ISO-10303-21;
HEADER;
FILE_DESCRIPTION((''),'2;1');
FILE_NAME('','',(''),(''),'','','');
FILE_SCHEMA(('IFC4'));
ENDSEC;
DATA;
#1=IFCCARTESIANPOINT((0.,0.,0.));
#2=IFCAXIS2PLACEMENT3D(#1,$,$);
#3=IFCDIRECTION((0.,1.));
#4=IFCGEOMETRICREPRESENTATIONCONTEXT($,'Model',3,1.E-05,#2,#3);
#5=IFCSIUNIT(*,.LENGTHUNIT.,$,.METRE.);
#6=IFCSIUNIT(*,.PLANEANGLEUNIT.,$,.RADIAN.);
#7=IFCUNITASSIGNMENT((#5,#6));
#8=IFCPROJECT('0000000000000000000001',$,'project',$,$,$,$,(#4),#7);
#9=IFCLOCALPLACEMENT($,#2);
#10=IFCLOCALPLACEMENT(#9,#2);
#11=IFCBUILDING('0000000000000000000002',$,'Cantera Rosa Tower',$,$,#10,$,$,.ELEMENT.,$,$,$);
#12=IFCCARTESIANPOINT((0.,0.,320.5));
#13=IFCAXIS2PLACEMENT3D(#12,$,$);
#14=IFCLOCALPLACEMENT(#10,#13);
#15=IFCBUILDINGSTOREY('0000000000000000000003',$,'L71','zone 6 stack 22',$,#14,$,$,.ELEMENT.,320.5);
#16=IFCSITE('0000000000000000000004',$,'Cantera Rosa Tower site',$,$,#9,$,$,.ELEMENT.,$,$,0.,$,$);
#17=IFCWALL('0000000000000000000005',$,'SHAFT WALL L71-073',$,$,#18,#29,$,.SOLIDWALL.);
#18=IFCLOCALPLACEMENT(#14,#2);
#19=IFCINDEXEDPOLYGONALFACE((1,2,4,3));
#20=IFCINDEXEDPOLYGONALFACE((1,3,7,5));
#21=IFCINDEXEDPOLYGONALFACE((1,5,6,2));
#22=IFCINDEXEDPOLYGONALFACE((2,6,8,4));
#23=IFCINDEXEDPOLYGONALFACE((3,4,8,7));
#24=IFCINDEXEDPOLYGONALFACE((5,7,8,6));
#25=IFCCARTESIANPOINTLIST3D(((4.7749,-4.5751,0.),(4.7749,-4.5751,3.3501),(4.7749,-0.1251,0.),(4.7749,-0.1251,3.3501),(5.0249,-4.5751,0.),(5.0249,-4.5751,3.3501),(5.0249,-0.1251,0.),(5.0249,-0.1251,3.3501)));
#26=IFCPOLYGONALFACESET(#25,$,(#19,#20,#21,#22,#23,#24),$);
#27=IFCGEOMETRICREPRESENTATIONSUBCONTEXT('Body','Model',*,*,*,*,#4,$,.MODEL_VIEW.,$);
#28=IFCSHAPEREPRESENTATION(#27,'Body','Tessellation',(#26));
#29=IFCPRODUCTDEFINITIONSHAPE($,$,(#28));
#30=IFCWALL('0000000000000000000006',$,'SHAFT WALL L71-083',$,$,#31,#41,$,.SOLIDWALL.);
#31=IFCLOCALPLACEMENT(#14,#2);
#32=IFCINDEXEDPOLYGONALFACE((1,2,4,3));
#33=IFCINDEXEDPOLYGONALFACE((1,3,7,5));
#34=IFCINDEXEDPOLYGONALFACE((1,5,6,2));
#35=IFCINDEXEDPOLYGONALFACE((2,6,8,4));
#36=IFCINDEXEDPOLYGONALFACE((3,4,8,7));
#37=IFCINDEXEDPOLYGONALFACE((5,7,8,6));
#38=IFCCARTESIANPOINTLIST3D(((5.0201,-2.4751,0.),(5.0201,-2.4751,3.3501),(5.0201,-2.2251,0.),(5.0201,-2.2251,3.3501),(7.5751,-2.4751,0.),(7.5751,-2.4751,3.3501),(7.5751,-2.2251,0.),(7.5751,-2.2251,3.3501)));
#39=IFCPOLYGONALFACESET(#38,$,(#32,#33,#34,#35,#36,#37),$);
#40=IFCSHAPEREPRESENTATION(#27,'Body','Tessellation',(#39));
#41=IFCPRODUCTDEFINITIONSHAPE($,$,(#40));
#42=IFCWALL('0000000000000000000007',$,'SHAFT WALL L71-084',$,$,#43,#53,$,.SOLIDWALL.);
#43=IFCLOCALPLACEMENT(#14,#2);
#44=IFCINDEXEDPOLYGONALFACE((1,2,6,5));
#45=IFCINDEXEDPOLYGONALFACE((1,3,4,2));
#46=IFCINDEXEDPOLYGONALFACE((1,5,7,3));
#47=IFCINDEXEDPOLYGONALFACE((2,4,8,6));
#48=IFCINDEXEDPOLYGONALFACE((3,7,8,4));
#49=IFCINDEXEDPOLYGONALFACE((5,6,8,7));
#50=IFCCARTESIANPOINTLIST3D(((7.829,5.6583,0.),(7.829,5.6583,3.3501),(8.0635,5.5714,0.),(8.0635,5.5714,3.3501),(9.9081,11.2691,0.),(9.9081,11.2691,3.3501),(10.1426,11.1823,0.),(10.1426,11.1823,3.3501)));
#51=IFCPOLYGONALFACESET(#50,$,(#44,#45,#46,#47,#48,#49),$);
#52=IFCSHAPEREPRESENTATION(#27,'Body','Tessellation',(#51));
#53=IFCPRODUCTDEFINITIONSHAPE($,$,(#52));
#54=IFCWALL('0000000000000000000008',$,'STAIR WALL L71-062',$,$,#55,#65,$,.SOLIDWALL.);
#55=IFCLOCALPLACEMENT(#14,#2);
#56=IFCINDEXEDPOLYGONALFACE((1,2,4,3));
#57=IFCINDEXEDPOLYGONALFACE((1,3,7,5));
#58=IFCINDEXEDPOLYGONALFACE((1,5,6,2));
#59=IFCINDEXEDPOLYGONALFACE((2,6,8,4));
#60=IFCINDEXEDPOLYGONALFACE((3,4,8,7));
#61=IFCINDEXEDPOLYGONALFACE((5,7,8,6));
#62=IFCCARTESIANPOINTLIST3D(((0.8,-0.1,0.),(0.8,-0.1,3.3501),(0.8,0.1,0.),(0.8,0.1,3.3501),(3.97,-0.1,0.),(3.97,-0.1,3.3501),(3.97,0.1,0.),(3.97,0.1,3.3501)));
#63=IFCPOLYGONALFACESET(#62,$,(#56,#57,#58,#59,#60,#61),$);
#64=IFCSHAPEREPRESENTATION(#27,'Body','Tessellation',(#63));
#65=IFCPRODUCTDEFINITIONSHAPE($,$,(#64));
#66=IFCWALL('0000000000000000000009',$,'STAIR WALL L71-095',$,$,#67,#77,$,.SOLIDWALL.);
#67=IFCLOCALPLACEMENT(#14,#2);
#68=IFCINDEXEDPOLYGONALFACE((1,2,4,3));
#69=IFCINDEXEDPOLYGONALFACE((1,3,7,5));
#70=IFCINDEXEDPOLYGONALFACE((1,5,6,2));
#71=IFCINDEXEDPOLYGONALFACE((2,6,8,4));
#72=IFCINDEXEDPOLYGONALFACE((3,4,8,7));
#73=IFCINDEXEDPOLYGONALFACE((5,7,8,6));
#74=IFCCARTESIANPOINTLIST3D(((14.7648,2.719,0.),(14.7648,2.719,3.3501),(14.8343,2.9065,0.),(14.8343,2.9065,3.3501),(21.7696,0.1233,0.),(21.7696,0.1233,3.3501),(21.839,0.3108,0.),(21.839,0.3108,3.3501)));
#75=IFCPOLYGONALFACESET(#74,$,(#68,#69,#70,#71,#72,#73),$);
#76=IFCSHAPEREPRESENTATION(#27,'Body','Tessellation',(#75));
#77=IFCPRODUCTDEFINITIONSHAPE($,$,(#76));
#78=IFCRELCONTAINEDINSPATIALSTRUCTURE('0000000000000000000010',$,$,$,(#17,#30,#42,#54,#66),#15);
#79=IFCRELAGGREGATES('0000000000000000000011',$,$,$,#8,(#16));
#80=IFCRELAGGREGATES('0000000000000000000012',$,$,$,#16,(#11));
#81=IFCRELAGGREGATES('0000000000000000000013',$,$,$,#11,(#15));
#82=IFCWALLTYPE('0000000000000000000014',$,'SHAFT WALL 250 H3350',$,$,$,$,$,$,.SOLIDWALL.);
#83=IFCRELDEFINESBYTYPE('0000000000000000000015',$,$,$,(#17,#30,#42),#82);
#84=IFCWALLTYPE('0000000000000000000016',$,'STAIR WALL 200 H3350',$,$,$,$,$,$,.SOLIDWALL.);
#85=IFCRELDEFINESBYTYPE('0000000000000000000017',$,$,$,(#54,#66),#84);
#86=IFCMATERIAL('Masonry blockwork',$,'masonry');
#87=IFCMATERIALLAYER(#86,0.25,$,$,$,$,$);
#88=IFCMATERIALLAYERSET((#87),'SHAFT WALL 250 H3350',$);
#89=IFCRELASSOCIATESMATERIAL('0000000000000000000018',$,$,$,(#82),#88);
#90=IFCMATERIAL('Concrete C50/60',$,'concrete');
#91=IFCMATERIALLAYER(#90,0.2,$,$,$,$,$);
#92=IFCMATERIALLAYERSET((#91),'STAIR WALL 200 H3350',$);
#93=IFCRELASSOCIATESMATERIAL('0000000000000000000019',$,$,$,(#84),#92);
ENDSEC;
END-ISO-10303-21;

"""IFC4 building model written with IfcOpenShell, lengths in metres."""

from ifc_helpers import new_model, si_unit, direction, frame, frame_2d, origin, place, context, subcontext, project, spatial, rectangle, extrude, material, layer, layer_set, type_object, element, save


model = new_model("IFC4")

# Units and contexts
model_context = context("Model", 3, precision=1e-05, world=origin(), true_north=direction((0.0, 1.0)))
body_context = subcontext(model_context, "Body", "Model", "MODEL_VIEW")
ifc_project = project(units=[si_unit("LENGTHUNIT", "METRE"), si_unit("PLANEANGLEUNIT", "RADIAN")], contexts=[model_context])

# Site, building, storey
site_placement = place(None, origin())
site = spatial("IfcSite", under=ifc_project, at=site_placement, Name="Cantera Rosa Tower site", CompositionType="ELEMENT", RefElevation=0.0)
building_placement = place(site_placement, origin())
building = spatial("IfcBuilding", under=site, at=building_placement, Name="Cantera Rosa Tower", CompositionType="ELEMENT")
storey_placement = place(building_placement, frame((0.0, 0.0, 320.5)))
storey = spatial("IfcBuildingStorey", under=building, at=storey_placement, Name="L71", Description="zone 6 stack 22", CompositionType="ELEMENT", Elevation=320.5)

# Walls
ifc_material_1 = material(Name="Masonry blockwork", Category="masonry")
ifc_layer_1 = layer(ifc_material_1, 0.25)
ifc_layer_set_1 = layer_set([ifc_layer_1], Name="SHAFT WALL 250 H3350")
wall_type_1 = type_object("IfcWallType", Name="SHAFT WALL 250 H3350", PredefinedType="SOLIDWALL", material=ifc_layer_set_1)
wall_1_placement = place(storey_placement, frame((4.8999, -0.125, 0.0), z_axis=(0.0, 0.0, 1.0), x_axis=(0.0, -1.0, 0.0)))
element("IfcWall", 1, at=wall_1_placement, inside=storey, type_object=wall_type_1, Name="SHAFT WALL L71-073", PredefinedType="SOLIDWALL", context=body_context, shape_type="SweptSolid", body=[
    extrude(rectangle(XDim=4.45, YDim=0.25, at=frame_2d((2.2251, 0.0))), origin(), (0.0, 0.0, 1.0), 3.3501),
])
wall_2_placement = place(storey_placement, frame((7.575, -2.3501, 0.0), z_axis=(0.0, 0.0, 1.0), x_axis=(-1.0, 0.0, 0.0)))
element("IfcWall", 2, at=wall_2_placement, inside=storey, type_object=wall_type_1, Name="SHAFT WALL L71-083", PredefinedType="SOLIDWALL", context=body_context, shape_type="SweptSolid", body=[
    extrude(rectangle(XDim=2.5549, YDim=0.25, at=frame_2d((1.2773, 0.0))), origin(), (0.0, 0.0, 1.0), 3.3501),
])
wall_3_placement = place(storey_placement, frame((7.9463, 5.615, 0.0), z_axis=(0.0, 0.0, 1.0), x_axis=(0.347463, 0.937694, 0.0)))
element("IfcWall", 3, at=wall_3_placement, inside=storey, type_object=wall_type_1, Name="SHAFT WALL L71-084", PredefinedType="SOLIDWALL", context=body_context, shape_type="SweptSolid", body=[
    extrude(rectangle(XDim=5.9836, YDim=0.25, at=frame_2d((2.9917, 0.0))), origin(), (0.0, 0.0, 1.0), 3.3501),
])
ifc_material_2 = material(Name="Concrete C50/60", Category="concrete")
ifc_layer_2 = layer(ifc_material_2, 0.2)
ifc_layer_set_2 = layer_set([ifc_layer_2], Name="STAIR WALL 200 H3350")
wall_type_2 = type_object("IfcWallType", Name="STAIR WALL 200 H3350", PredefinedType="SOLIDWALL", material=ifc_layer_set_2)
wall_4_placement = place(storey_placement, frame((0.8, 0.0, 0.0), z_axis=(0.0, 0.0, 1.0), x_axis=(1.0, 0.0, 0.0)))
element("IfcWall", 4, at=wall_4_placement, inside=storey, type_object=wall_type_2, Name="STAIR WALL L71-062", PredefinedType="SOLIDWALL", context=body_context, shape_type="SweptSolid", body=[
    extrude(rectangle(XDim=3.1699, YDim=0.2, at=frame_2d((1.585, 0.0))), origin(), (0.0, 0.0, 1.0), 3.3501),
])
wall_5_placement = place(storey_placement, frame((14.7996, 2.8127, 0.0), z_axis=(0.0, 0.0, 1.0), x_axis=(0.937688, -0.347478, 0.0)))
element("IfcWall", 5, at=wall_5_placement, inside=storey, type_object=wall_type_2, Name="STAIR WALL L71-095", PredefinedType="SOLIDWALL", context=body_context, shape_type="SweptSolid", body=[
    extrude(rectangle(XDim=7.4702, YDim=0.2, at=frame_2d((3.7351, 0.0))), origin(), (0.0, 0.0, 1.0), 3.3501),
])

save(model, "model.ifc")
